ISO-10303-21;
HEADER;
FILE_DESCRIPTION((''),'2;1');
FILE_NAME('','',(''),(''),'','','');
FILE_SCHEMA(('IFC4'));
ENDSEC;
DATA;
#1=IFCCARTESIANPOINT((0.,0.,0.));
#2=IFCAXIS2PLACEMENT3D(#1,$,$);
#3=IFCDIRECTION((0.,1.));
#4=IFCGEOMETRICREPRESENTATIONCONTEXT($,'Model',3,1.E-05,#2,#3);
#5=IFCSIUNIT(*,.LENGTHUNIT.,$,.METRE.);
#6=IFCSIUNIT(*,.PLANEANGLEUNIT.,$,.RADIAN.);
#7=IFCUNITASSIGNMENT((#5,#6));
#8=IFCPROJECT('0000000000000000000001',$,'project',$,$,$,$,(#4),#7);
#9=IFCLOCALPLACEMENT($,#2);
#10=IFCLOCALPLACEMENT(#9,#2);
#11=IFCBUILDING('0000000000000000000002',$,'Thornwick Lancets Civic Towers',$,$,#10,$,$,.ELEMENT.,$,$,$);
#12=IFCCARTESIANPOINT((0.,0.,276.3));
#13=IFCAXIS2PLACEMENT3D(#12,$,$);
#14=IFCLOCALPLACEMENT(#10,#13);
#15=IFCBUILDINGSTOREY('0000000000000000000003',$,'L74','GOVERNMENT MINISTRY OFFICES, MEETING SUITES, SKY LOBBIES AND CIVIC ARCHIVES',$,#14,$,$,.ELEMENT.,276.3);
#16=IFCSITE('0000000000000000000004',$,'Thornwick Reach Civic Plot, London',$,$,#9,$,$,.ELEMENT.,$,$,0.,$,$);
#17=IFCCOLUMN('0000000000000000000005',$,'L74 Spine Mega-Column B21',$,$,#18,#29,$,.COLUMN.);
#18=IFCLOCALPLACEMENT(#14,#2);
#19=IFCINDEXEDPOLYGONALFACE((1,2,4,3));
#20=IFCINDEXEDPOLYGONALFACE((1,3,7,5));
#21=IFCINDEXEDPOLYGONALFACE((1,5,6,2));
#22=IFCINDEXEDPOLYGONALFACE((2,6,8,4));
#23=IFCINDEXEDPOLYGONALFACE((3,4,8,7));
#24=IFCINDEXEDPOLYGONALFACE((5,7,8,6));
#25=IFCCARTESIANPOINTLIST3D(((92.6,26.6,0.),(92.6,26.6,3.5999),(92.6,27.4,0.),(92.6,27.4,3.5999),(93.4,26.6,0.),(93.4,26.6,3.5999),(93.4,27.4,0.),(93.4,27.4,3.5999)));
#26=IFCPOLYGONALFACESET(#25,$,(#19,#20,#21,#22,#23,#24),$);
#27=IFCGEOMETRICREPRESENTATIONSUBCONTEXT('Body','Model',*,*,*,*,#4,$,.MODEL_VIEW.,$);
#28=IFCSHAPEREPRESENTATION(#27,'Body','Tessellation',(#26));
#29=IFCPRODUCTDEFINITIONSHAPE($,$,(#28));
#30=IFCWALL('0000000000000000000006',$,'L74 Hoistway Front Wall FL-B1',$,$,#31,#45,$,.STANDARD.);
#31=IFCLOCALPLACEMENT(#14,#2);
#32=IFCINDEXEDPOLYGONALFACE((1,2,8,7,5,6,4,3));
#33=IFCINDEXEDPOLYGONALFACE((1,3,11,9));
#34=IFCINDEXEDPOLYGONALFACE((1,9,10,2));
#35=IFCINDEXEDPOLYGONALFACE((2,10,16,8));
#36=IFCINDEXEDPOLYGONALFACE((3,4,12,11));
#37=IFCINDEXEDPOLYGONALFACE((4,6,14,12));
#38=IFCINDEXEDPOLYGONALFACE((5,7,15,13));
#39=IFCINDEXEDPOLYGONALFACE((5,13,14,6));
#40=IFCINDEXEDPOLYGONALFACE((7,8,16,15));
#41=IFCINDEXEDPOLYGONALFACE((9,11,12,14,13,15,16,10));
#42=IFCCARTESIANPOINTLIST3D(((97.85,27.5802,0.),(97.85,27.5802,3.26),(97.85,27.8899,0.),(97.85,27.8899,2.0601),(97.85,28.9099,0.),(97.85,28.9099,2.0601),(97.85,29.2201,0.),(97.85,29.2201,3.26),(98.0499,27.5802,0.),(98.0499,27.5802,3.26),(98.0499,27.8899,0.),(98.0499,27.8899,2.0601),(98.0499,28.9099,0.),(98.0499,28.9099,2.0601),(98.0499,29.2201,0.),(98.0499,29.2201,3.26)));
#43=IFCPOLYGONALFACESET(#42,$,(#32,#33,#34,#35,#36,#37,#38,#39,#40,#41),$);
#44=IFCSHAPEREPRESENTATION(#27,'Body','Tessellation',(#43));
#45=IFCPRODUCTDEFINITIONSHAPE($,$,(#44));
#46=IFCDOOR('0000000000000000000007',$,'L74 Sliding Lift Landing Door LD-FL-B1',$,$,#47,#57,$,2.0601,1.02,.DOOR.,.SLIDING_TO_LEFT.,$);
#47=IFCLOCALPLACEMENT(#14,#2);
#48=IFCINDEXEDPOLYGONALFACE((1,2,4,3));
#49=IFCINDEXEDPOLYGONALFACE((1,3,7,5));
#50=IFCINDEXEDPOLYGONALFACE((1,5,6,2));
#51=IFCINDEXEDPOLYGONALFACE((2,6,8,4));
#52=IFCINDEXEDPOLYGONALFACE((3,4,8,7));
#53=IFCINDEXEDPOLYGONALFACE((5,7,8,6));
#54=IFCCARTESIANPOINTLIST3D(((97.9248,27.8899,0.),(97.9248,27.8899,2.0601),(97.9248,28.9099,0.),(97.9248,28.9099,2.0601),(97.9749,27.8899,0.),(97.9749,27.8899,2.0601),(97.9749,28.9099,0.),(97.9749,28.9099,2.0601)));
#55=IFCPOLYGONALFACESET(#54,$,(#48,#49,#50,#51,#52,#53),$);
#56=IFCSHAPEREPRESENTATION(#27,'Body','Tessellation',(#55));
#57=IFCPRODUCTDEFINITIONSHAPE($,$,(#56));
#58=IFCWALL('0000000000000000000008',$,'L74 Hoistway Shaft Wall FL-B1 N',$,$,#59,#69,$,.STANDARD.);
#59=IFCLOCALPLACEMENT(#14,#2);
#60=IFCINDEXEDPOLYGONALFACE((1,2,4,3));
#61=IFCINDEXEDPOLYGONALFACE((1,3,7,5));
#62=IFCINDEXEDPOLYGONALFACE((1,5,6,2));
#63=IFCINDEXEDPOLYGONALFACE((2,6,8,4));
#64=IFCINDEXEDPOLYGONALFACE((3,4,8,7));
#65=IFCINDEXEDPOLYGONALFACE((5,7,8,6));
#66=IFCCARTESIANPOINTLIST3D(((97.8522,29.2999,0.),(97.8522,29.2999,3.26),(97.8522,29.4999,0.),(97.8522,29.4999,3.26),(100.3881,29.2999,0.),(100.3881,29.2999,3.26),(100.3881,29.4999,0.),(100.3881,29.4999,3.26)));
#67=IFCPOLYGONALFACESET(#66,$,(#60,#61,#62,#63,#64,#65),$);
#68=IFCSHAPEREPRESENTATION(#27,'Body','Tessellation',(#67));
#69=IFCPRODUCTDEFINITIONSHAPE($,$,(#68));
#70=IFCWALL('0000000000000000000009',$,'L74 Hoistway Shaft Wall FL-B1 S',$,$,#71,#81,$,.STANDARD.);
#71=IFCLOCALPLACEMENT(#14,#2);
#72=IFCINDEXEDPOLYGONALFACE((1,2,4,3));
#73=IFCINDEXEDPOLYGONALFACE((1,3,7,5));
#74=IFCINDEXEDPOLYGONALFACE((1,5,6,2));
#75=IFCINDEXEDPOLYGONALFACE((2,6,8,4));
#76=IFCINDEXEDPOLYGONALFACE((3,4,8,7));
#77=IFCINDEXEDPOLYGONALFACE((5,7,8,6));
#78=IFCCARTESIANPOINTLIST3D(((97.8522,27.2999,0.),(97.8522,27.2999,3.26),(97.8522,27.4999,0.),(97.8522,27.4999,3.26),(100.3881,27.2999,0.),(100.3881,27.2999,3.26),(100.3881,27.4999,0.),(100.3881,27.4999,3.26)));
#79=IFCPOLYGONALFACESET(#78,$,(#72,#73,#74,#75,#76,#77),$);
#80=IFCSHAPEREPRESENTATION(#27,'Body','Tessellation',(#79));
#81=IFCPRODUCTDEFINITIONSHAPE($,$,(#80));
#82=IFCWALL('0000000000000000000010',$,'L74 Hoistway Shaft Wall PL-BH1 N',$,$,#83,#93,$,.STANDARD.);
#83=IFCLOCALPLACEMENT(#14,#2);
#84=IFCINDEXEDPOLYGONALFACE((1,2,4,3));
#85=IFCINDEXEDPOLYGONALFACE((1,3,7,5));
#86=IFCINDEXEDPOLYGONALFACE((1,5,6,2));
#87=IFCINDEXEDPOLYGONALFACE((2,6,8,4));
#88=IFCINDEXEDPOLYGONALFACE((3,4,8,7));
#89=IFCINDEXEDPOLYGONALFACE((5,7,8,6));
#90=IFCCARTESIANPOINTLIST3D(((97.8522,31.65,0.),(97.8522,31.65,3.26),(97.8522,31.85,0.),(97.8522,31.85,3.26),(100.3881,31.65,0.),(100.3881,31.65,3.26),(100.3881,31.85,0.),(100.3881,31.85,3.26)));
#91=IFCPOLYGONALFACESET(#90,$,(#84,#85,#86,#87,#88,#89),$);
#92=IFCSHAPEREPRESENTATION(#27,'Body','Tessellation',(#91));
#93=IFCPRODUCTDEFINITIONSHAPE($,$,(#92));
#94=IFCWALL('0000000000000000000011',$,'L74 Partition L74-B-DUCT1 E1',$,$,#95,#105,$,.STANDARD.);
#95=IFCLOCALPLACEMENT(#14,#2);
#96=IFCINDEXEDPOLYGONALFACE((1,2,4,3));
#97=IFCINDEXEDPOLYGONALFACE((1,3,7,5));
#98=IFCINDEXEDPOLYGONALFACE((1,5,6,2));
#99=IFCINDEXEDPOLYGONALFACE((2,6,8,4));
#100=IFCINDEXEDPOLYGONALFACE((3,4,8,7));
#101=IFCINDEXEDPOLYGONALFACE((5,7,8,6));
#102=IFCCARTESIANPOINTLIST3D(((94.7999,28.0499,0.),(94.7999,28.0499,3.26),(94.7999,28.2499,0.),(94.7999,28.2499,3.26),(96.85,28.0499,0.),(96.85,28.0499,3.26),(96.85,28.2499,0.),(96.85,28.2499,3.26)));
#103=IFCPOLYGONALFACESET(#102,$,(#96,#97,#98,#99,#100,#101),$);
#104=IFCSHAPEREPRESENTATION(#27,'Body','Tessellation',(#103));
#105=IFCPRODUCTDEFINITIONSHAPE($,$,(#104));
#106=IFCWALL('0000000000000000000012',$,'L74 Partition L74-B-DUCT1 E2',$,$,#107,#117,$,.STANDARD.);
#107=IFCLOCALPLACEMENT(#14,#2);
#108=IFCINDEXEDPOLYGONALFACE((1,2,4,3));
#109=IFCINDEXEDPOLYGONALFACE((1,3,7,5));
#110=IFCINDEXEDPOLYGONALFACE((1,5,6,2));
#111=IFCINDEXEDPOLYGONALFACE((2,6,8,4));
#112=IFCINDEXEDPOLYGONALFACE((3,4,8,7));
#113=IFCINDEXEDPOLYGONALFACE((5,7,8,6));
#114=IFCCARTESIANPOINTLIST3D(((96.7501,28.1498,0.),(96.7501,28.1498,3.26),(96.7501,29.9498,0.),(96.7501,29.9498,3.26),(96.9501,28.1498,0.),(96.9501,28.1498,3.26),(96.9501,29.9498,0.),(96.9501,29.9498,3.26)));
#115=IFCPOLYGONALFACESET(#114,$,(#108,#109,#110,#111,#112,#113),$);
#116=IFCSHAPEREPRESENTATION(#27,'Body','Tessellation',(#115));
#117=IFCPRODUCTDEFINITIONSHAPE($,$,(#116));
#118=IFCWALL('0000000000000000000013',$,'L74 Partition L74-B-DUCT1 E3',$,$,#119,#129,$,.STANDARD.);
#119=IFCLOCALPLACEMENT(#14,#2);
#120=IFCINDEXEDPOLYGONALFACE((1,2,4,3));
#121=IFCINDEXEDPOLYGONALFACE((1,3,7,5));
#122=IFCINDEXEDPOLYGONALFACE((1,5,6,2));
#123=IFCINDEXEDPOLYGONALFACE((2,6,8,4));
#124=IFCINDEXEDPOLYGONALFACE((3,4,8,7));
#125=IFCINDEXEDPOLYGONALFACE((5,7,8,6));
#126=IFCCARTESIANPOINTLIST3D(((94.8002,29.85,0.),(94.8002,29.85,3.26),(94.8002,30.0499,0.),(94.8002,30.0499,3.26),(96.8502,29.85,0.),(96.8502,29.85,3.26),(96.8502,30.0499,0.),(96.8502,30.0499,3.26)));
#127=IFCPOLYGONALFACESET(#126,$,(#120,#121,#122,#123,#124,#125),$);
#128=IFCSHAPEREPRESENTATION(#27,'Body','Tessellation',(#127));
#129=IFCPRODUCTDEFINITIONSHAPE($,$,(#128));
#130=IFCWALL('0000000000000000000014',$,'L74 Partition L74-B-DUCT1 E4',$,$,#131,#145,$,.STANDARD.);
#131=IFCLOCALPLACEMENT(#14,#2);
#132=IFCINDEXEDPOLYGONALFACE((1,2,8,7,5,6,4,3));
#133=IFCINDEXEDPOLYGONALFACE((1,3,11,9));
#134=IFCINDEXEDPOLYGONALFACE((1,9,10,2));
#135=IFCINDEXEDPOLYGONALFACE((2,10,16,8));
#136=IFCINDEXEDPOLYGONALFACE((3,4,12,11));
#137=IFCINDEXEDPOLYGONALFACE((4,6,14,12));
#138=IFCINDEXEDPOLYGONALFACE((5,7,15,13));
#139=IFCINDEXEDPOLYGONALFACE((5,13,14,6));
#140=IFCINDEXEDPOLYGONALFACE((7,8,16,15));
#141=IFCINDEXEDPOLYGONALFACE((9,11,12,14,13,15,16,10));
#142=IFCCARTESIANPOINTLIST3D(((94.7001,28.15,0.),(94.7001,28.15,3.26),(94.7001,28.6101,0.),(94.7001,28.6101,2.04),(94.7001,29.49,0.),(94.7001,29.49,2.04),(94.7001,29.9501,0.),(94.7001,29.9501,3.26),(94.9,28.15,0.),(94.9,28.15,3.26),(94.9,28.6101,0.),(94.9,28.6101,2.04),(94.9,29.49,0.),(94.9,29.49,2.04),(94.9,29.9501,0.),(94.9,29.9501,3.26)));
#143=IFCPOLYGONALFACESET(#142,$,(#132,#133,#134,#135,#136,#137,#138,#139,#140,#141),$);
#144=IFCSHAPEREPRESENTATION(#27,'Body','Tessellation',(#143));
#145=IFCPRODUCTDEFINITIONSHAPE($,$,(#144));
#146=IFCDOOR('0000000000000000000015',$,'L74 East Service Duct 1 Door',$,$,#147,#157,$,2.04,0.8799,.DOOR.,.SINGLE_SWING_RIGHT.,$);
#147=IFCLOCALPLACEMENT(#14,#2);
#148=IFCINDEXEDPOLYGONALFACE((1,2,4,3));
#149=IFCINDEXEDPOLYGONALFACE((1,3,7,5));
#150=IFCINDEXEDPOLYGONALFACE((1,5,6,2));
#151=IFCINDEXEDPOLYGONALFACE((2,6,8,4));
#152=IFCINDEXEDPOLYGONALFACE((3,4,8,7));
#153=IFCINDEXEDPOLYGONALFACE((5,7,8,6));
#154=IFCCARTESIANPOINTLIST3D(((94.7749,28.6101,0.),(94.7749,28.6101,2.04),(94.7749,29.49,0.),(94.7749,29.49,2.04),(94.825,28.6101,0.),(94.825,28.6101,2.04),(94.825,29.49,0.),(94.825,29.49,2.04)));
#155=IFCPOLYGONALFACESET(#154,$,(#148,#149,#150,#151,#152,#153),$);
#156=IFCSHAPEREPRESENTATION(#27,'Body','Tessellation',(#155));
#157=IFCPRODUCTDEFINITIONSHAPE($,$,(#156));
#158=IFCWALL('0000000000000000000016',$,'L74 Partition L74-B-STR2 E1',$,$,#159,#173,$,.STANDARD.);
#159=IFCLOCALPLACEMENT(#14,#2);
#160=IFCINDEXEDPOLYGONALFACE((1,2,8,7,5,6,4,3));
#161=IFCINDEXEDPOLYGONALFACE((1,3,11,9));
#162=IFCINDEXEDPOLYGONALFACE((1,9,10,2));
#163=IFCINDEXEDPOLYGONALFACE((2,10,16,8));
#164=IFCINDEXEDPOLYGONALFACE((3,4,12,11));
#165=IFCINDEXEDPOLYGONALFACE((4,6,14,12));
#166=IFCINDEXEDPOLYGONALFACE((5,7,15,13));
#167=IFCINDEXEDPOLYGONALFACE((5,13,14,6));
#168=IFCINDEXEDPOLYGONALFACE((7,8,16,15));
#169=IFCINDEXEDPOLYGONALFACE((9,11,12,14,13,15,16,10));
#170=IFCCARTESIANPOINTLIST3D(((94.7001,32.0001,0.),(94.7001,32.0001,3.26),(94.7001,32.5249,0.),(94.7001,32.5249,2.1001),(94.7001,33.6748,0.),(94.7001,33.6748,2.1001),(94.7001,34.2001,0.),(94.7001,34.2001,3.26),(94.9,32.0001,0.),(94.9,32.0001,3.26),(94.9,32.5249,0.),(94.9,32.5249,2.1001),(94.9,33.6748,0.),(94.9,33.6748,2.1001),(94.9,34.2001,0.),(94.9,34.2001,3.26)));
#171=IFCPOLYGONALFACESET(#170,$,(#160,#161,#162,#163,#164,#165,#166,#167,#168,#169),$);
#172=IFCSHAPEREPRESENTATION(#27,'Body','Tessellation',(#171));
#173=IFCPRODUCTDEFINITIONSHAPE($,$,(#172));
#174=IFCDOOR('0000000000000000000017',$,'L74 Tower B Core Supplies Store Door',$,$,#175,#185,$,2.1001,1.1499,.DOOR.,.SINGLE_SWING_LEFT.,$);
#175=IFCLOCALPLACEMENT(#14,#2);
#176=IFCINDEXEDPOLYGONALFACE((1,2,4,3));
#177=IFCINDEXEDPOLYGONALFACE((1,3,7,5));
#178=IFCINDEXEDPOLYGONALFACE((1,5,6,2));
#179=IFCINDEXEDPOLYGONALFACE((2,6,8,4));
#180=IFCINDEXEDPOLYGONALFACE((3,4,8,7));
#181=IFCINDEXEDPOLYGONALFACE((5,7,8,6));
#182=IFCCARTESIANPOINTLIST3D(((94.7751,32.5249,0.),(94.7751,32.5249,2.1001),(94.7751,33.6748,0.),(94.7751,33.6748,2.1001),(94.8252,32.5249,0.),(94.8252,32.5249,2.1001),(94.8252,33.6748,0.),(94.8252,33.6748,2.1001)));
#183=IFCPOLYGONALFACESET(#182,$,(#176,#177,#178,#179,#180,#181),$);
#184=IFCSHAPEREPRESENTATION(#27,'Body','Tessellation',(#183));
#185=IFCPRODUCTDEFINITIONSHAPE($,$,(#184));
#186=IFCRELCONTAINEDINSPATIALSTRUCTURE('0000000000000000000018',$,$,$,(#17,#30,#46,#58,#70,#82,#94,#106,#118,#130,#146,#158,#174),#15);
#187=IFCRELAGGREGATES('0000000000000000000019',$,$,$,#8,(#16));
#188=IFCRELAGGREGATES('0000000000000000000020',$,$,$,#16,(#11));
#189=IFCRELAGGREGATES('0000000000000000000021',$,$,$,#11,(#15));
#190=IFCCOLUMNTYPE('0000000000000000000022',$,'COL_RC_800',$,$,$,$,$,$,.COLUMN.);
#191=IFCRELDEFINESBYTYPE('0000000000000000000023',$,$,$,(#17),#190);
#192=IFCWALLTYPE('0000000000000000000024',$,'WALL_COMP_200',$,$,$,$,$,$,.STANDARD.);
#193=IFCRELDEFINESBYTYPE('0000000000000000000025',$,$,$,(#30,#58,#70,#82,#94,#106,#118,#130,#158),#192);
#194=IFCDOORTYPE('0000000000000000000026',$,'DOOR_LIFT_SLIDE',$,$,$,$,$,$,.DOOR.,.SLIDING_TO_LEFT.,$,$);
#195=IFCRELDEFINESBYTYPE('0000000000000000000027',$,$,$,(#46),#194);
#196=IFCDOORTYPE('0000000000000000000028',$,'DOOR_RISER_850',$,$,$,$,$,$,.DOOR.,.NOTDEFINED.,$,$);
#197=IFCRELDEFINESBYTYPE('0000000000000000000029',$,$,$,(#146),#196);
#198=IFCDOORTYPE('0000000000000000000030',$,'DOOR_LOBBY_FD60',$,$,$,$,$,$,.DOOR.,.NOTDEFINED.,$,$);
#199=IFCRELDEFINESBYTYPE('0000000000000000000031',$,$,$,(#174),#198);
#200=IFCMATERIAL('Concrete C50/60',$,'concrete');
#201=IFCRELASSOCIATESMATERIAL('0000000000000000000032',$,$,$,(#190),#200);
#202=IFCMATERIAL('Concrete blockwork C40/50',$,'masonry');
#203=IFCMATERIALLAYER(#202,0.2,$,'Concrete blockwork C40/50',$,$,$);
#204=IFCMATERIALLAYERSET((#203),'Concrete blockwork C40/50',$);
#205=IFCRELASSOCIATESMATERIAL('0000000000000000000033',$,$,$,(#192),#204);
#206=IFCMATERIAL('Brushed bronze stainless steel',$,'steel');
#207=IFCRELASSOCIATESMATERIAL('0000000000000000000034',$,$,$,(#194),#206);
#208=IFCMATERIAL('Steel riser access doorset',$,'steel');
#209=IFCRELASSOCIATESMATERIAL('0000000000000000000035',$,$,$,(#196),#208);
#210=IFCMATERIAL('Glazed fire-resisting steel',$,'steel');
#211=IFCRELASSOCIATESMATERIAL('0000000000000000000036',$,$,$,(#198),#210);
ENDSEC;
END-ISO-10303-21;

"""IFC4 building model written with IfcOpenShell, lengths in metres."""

from ifc_helpers import new_model, si_unit, direction, frame, frame_2d, origin, origin_2d, place, context, subcontext, project, spatial, rectangle, extrude, material, layer, layer_set, material_profile, profile_set, type_object, element, fill, save


model = new_model("IFC4")

# Units and contexts
model_context = context("Model", 3, precision=1e-05, world=origin(), true_north=direction((0.0, 1.0)))
body_context = subcontext(model_context, "Body", "Model", "MODEL_VIEW")
ifc_project = project(units=[si_unit("LENGTHUNIT", "METRE"), si_unit("PLANEANGLEUNIT", "RADIAN")], contexts=[model_context])

# Site, building, storey
site_placement = place(None, origin())
site = spatial("IfcSite", under=ifc_project, at=site_placement, Name="Thornwick Reach Civic Plot, London", CompositionType="ELEMENT", RefElevation=0.0)
building_placement = place(site_placement, origin())
building = spatial("IfcBuilding", under=site, at=building_placement, Name="Thornwick Lancets Civic Towers", CompositionType="ELEMENT")
storey_placement = place(building_placement, frame((0.0, 0.0, 276.3)))
storey = spatial("IfcBuildingStorey", under=building, at=storey_placement, Name="L74", Description="GOVERNMENT MINISTRY OFFICES, MEETING SUITES, SKY LOBBIES AND CIVIC ARCHIVES", CompositionType="ELEMENT", Elevation=276.3)

# Column
ifc_material_1 = material(Name="Concrete C50/60", Category="concrete")
ifc_material_profile = material_profile(ifc_material_1, rectangle(XDim=0.8, YDim=0.8, at=origin_2d()), Name="RC 800x800")
ifc_profile_set = profile_set([ifc_material_profile], Name="Concrete C50/60")
column_type = type_object("IfcColumnType", Name="COL_RC_800", PredefinedType="COLUMN", material=ifc_profile_set)
column_placement = place(storey_placement, frame((93.0, 27.0, 0.0), z_axis=(0.0, 0.0, 1.0), x_axis=(1.0, 0.0, 0.0)))
element("IfcColumn", 1, at=column_placement, inside=storey, type_object=column_type, Name="L74 Spine Mega-Column B21", PredefinedType="COLUMN", context=body_context, shape_type="SweptSolid", body=[
    extrude(rectangle(XDim=0.8, YDim=0.8, at=origin_2d()), origin(), (0.0, 0.0, 1.0), 3.5999),
])

# Wall, opening, door
ifc_material_2 = material(Name="Concrete blockwork C40/50", Category="masonry")
ifc_layer_1 = layer(ifc_material_2, 0.2, Name="Concrete blockwork C40/50")
ifc_layer_set_1 = layer_set([ifc_layer_1], Name="Concrete blockwork C40/50")
wall_type_1 = type_object("IfcWallType", Name="WALL_COMP_200", PredefinedType="STANDARD", material=ifc_layer_set_1)
wall_1_placement = place(storey_placement, frame((97.95, 29.22, 0.0), z_axis=(0.0, 0.0, 1.0), x_axis=(0.0, -1.0, 0.0)))
wall_1 = element("IfcWall", 2, at=wall_1_placement, inside=storey, type_object=wall_type_1, Name="L74 Hoistway Front Wall FL-B1", PredefinedType="STANDARD", context=body_context, shape_type="SweptSolid", body=[
    extrude(rectangle(XDim=1.6399, YDim=0.2, at=frame_2d((0.8198, 0.0))), origin(), (0.0, 0.0, 1.0), 3.26),
])
opening_1_placement = place(wall_1_placement, frame((0.3101, 0.0, 0.0)))
opening_1 = element("IfcOpeningElement", 3, at=opening_1_placement, cuts=wall_1, PredefinedType="OPENING", context=body_context, shape_type="SweptSolid", body=[
    extrude(rectangle(XDim=1.02, YDim=2.0601, at=frame_2d((0.51, 1.03))), frame((0.0, 0.1099, 0.0), z_axis=(0.0, -1.0, 0.0), x_axis=(1.0, 0.0, 0.0)), (0.0, 0.0, 1.0), 0.22),
])
ifc_material_3 = material(Name="Brushed bronze stainless steel", Category="steel")
door_type_1 = type_object("IfcDoorType", Name="DOOR_LIFT_SLIDE", OperationType="SLIDING_TO_LEFT", PredefinedType="DOOR", material=ifc_material_3)
door_1_placement = place(opening_1_placement, origin())
door_1 = element("IfcDoor", 4, at=door_1_placement, inside=storey, type_object=door_type_1, Name="L74 Sliding Lift Landing Door LD-FL-B1", OperationType="SLIDING_TO_LEFT", OverallHeight=2.0601, OverallWidth=1.02, PredefinedType="DOOR", context=body_context, shape_type="SweptSolid", body=[
    extrude(rectangle(XDim=1.02, YDim=2.0601, at=frame_2d((0.51, 1.03))), frame((0.0, 0.0249, 0.0), z_axis=(0.0, -1.0, 0.0), x_axis=(1.0, 0.0, 0.0)), (0.0, 0.0, 1.0), 0.05),
])
fill(opening_1, door_1)

# Walls
for number, where, z_axis, x_axis, name in (
    (5, (97.8521, 29.3999, 0.0), (0.0, 0.0, 1.0), (1.0, 0.0, 0.0), "L74 Hoistway Shaft Wall FL-B1 N"),
    (6, (97.8521, 27.3999, 0.0), (0.0, 0.0, 1.0), (1.0, 0.0, 0.0), "L74 Hoistway Shaft Wall FL-B1 S"),
    (7, (97.8521, 31.75, 0.0), (0.0, 0.0, 1.0), (1.0, 0.0, 0.0), "L74 Hoistway Shaft Wall PL-BH1 N"),
):
    element("IfcWall", number, at=place(storey_placement, frame(where, z_axis=z_axis, x_axis=x_axis)), inside=storey, type_object=wall_type_1, Name=name, PredefinedType="STANDARD", context=body_context, shape_type="SweptSolid", body=[
        extrude(rectangle(XDim=2.5359, YDim=0.2, at=frame_2d((1.2681, 0.0))), origin(), (0.0, 0.0, 1.0), 3.26),
    ])
wall_2_placement = place(storey_placement, frame((94.8, 28.1499, 0.0), z_axis=(0.0, 0.0, 1.0), x_axis=(1.0, 0.0, 0.0)))
element("IfcWall", 8, at=wall_2_placement, inside=storey, type_object=wall_type_1, Name="L74 Partition L74-B-DUCT1 E1", PredefinedType="STANDARD", context=body_context, shape_type="SweptSolid", body=[
    extrude(rectangle(XDim=2.05, YDim=0.2, at=frame_2d((1.0249, 0.0))), origin(), (0.0, 0.0, 1.0), 3.26),
])
wall_3_placement = place(storey_placement, frame((96.8501, 28.1499, 0.0), z_axis=(0.0, 0.0, 1.0), x_axis=(0.0, 1.0, 0.0)))
element("IfcWall", 9, at=wall_3_placement, inside=storey, type_object=wall_type_1, Name="L74 Partition L74-B-DUCT1 E2", PredefinedType="STANDARD", context=body_context, shape_type="SweptSolid", body=[
    extrude(rectangle(XDim=1.8, YDim=0.2, at=frame_2d((0.8999, 0.0))), origin(), (0.0, 0.0, 1.0), 3.26),
])
wall_4_placement = place(storey_placement, frame((96.8501, 29.95, 0.0), z_axis=(0.0, 0.0, 1.0), x_axis=(-1.0, 0.0, 0.0)))
element("IfcWall", 10, at=wall_4_placement, inside=storey, type_object=wall_type_1, Name="L74 Partition L74-B-DUCT1 E3", PredefinedType="STANDARD", context=body_context, shape_type="SweptSolid", body=[
    extrude(rectangle(XDim=2.05, YDim=0.2, at=frame_2d((1.0249, 0.0))), origin(), (0.0, 0.0, 1.0), 3.26),
])

# Walls, openings, doors
wall_5_placement = place(storey_placement, frame((94.8, 29.95, 0.0), z_axis=(0.0, 0.0, 1.0), x_axis=(0.0, -1.0, 0.0)))
wall_5 = element("IfcWall", 11, at=wall_5_placement, inside=storey, type_object=wall_type_1, Name="L74 Partition L74-B-DUCT1 E4", PredefinedType="STANDARD", context=body_context, shape_type="SweptSolid", body=[
    extrude(rectangle(XDim=1.8, YDim=0.2, at=frame_2d((0.8999, 0.0))), origin(), (0.0, 0.0, 1.0), 3.26),
])
opening_2_placement = place(wall_5_placement, frame((0.46, 0.0, 0.0)))
opening_2 = element("IfcOpeningElement", 12, at=opening_2_placement, cuts=wall_5, PredefinedType="OPENING", context=body_context, shape_type="SweptSolid", body=[
    extrude(rectangle(XDim=0.8799, YDim=2.04, at=frame_2d((0.4399, 1.02))), frame((0.0, 0.1099, 0.0), z_axis=(0.0, -1.0, 0.0), x_axis=(1.0, 0.0, 0.0)), (0.0, 0.0, 1.0), 0.22),
])
ifc_material_4 = material(Name="Steel riser access doorset", Category="steel")
door_type_2 = type_object("IfcDoorType", Name="DOOR_RISER_850", OperationType="NOTDEFINED", PredefinedType="DOOR", material=ifc_material_4)
door_2_placement = place(opening_2_placement, origin())
door_2 = element("IfcDoor", 13, at=door_2_placement, inside=storey, type_object=door_type_2, Name="L74 East Service Duct 1 Door", OperationType="SINGLE_SWING_RIGHT", OverallHeight=2.04, OverallWidth=0.8799, PredefinedType="DOOR", context=body_context, shape_type="SweptSolid", body=[
    extrude(rectangle(XDim=0.8799, YDim=2.04, at=frame_2d((0.4399, 1.02))), frame((0.0, 0.0249, 0.0), z_axis=(0.0, -1.0, 0.0), x_axis=(1.0, 0.0, 0.0)), (0.0, 0.0, 1.0), 0.05),
])
fill(opening_2, door_2)
wall_6_placement = place(storey_placement, frame((94.8, 32.0, 0.0), z_axis=(0.0, 0.0, 1.0), x_axis=(0.0, 1.0, 0.0)))
wall_6 = element("IfcWall", 14, at=wall_6_placement, inside=storey, type_object=wall_type_1, Name="L74 Partition L74-B-STR2 E1", PredefinedType="STANDARD", context=body_context, shape_type="SweptSolid", body=[
    extrude(rectangle(XDim=2.2, YDim=0.2, at=frame_2d((1.1001, 0.0))), origin(), (0.0, 0.0, 1.0), 3.26),
])
opening_3_placement = place(wall_6_placement, frame((0.5249, 0.0, 0.0)))
opening_3 = element("IfcOpeningElement", 15, at=opening_3_placement, cuts=wall_6, PredefinedType="OPENING", context=body_context, shape_type="SweptSolid", body=[
    extrude(rectangle(XDim=1.1499, YDim=2.1001, at=frame_2d((0.575, 1.05))), frame((0.0, 0.1099, 0.0), z_axis=(0.0, -1.0, 0.0), x_axis=(1.0, 0.0, 0.0)), (0.0, 0.0, 1.0), 0.22),
])
ifc_material_5 = material(Name="Glazed fire-resisting steel", Category="steel")
door_type_3 = type_object("IfcDoorType", Name="DOOR_LOBBY_FD60", OperationType="NOTDEFINED", PredefinedType="DOOR", material=ifc_material_5)
door_3_placement = place(opening_3_placement, origin())
door_3 = element("IfcDoor", 16, at=door_3_placement, inside=storey, type_object=door_type_3, Name="L74 Tower B Core Supplies Store Door", OperationType="SINGLE_SWING_LEFT", OverallHeight=2.1001, OverallWidth=1.1499, PredefinedType="DOOR", context=body_context, shape_type="SweptSolid", body=[
    extrude(rectangle(XDim=1.1499, YDim=2.1001, at=frame_2d((0.575, 1.05))), frame((0.0, 0.0249, 0.0), z_axis=(0.0, -1.0, 0.0), x_axis=(1.0, 0.0, 0.0)), (0.0, 0.0, 1.0), 0.05),
])
fill(opening_3, door_3)

save(model, "model.ifc")
